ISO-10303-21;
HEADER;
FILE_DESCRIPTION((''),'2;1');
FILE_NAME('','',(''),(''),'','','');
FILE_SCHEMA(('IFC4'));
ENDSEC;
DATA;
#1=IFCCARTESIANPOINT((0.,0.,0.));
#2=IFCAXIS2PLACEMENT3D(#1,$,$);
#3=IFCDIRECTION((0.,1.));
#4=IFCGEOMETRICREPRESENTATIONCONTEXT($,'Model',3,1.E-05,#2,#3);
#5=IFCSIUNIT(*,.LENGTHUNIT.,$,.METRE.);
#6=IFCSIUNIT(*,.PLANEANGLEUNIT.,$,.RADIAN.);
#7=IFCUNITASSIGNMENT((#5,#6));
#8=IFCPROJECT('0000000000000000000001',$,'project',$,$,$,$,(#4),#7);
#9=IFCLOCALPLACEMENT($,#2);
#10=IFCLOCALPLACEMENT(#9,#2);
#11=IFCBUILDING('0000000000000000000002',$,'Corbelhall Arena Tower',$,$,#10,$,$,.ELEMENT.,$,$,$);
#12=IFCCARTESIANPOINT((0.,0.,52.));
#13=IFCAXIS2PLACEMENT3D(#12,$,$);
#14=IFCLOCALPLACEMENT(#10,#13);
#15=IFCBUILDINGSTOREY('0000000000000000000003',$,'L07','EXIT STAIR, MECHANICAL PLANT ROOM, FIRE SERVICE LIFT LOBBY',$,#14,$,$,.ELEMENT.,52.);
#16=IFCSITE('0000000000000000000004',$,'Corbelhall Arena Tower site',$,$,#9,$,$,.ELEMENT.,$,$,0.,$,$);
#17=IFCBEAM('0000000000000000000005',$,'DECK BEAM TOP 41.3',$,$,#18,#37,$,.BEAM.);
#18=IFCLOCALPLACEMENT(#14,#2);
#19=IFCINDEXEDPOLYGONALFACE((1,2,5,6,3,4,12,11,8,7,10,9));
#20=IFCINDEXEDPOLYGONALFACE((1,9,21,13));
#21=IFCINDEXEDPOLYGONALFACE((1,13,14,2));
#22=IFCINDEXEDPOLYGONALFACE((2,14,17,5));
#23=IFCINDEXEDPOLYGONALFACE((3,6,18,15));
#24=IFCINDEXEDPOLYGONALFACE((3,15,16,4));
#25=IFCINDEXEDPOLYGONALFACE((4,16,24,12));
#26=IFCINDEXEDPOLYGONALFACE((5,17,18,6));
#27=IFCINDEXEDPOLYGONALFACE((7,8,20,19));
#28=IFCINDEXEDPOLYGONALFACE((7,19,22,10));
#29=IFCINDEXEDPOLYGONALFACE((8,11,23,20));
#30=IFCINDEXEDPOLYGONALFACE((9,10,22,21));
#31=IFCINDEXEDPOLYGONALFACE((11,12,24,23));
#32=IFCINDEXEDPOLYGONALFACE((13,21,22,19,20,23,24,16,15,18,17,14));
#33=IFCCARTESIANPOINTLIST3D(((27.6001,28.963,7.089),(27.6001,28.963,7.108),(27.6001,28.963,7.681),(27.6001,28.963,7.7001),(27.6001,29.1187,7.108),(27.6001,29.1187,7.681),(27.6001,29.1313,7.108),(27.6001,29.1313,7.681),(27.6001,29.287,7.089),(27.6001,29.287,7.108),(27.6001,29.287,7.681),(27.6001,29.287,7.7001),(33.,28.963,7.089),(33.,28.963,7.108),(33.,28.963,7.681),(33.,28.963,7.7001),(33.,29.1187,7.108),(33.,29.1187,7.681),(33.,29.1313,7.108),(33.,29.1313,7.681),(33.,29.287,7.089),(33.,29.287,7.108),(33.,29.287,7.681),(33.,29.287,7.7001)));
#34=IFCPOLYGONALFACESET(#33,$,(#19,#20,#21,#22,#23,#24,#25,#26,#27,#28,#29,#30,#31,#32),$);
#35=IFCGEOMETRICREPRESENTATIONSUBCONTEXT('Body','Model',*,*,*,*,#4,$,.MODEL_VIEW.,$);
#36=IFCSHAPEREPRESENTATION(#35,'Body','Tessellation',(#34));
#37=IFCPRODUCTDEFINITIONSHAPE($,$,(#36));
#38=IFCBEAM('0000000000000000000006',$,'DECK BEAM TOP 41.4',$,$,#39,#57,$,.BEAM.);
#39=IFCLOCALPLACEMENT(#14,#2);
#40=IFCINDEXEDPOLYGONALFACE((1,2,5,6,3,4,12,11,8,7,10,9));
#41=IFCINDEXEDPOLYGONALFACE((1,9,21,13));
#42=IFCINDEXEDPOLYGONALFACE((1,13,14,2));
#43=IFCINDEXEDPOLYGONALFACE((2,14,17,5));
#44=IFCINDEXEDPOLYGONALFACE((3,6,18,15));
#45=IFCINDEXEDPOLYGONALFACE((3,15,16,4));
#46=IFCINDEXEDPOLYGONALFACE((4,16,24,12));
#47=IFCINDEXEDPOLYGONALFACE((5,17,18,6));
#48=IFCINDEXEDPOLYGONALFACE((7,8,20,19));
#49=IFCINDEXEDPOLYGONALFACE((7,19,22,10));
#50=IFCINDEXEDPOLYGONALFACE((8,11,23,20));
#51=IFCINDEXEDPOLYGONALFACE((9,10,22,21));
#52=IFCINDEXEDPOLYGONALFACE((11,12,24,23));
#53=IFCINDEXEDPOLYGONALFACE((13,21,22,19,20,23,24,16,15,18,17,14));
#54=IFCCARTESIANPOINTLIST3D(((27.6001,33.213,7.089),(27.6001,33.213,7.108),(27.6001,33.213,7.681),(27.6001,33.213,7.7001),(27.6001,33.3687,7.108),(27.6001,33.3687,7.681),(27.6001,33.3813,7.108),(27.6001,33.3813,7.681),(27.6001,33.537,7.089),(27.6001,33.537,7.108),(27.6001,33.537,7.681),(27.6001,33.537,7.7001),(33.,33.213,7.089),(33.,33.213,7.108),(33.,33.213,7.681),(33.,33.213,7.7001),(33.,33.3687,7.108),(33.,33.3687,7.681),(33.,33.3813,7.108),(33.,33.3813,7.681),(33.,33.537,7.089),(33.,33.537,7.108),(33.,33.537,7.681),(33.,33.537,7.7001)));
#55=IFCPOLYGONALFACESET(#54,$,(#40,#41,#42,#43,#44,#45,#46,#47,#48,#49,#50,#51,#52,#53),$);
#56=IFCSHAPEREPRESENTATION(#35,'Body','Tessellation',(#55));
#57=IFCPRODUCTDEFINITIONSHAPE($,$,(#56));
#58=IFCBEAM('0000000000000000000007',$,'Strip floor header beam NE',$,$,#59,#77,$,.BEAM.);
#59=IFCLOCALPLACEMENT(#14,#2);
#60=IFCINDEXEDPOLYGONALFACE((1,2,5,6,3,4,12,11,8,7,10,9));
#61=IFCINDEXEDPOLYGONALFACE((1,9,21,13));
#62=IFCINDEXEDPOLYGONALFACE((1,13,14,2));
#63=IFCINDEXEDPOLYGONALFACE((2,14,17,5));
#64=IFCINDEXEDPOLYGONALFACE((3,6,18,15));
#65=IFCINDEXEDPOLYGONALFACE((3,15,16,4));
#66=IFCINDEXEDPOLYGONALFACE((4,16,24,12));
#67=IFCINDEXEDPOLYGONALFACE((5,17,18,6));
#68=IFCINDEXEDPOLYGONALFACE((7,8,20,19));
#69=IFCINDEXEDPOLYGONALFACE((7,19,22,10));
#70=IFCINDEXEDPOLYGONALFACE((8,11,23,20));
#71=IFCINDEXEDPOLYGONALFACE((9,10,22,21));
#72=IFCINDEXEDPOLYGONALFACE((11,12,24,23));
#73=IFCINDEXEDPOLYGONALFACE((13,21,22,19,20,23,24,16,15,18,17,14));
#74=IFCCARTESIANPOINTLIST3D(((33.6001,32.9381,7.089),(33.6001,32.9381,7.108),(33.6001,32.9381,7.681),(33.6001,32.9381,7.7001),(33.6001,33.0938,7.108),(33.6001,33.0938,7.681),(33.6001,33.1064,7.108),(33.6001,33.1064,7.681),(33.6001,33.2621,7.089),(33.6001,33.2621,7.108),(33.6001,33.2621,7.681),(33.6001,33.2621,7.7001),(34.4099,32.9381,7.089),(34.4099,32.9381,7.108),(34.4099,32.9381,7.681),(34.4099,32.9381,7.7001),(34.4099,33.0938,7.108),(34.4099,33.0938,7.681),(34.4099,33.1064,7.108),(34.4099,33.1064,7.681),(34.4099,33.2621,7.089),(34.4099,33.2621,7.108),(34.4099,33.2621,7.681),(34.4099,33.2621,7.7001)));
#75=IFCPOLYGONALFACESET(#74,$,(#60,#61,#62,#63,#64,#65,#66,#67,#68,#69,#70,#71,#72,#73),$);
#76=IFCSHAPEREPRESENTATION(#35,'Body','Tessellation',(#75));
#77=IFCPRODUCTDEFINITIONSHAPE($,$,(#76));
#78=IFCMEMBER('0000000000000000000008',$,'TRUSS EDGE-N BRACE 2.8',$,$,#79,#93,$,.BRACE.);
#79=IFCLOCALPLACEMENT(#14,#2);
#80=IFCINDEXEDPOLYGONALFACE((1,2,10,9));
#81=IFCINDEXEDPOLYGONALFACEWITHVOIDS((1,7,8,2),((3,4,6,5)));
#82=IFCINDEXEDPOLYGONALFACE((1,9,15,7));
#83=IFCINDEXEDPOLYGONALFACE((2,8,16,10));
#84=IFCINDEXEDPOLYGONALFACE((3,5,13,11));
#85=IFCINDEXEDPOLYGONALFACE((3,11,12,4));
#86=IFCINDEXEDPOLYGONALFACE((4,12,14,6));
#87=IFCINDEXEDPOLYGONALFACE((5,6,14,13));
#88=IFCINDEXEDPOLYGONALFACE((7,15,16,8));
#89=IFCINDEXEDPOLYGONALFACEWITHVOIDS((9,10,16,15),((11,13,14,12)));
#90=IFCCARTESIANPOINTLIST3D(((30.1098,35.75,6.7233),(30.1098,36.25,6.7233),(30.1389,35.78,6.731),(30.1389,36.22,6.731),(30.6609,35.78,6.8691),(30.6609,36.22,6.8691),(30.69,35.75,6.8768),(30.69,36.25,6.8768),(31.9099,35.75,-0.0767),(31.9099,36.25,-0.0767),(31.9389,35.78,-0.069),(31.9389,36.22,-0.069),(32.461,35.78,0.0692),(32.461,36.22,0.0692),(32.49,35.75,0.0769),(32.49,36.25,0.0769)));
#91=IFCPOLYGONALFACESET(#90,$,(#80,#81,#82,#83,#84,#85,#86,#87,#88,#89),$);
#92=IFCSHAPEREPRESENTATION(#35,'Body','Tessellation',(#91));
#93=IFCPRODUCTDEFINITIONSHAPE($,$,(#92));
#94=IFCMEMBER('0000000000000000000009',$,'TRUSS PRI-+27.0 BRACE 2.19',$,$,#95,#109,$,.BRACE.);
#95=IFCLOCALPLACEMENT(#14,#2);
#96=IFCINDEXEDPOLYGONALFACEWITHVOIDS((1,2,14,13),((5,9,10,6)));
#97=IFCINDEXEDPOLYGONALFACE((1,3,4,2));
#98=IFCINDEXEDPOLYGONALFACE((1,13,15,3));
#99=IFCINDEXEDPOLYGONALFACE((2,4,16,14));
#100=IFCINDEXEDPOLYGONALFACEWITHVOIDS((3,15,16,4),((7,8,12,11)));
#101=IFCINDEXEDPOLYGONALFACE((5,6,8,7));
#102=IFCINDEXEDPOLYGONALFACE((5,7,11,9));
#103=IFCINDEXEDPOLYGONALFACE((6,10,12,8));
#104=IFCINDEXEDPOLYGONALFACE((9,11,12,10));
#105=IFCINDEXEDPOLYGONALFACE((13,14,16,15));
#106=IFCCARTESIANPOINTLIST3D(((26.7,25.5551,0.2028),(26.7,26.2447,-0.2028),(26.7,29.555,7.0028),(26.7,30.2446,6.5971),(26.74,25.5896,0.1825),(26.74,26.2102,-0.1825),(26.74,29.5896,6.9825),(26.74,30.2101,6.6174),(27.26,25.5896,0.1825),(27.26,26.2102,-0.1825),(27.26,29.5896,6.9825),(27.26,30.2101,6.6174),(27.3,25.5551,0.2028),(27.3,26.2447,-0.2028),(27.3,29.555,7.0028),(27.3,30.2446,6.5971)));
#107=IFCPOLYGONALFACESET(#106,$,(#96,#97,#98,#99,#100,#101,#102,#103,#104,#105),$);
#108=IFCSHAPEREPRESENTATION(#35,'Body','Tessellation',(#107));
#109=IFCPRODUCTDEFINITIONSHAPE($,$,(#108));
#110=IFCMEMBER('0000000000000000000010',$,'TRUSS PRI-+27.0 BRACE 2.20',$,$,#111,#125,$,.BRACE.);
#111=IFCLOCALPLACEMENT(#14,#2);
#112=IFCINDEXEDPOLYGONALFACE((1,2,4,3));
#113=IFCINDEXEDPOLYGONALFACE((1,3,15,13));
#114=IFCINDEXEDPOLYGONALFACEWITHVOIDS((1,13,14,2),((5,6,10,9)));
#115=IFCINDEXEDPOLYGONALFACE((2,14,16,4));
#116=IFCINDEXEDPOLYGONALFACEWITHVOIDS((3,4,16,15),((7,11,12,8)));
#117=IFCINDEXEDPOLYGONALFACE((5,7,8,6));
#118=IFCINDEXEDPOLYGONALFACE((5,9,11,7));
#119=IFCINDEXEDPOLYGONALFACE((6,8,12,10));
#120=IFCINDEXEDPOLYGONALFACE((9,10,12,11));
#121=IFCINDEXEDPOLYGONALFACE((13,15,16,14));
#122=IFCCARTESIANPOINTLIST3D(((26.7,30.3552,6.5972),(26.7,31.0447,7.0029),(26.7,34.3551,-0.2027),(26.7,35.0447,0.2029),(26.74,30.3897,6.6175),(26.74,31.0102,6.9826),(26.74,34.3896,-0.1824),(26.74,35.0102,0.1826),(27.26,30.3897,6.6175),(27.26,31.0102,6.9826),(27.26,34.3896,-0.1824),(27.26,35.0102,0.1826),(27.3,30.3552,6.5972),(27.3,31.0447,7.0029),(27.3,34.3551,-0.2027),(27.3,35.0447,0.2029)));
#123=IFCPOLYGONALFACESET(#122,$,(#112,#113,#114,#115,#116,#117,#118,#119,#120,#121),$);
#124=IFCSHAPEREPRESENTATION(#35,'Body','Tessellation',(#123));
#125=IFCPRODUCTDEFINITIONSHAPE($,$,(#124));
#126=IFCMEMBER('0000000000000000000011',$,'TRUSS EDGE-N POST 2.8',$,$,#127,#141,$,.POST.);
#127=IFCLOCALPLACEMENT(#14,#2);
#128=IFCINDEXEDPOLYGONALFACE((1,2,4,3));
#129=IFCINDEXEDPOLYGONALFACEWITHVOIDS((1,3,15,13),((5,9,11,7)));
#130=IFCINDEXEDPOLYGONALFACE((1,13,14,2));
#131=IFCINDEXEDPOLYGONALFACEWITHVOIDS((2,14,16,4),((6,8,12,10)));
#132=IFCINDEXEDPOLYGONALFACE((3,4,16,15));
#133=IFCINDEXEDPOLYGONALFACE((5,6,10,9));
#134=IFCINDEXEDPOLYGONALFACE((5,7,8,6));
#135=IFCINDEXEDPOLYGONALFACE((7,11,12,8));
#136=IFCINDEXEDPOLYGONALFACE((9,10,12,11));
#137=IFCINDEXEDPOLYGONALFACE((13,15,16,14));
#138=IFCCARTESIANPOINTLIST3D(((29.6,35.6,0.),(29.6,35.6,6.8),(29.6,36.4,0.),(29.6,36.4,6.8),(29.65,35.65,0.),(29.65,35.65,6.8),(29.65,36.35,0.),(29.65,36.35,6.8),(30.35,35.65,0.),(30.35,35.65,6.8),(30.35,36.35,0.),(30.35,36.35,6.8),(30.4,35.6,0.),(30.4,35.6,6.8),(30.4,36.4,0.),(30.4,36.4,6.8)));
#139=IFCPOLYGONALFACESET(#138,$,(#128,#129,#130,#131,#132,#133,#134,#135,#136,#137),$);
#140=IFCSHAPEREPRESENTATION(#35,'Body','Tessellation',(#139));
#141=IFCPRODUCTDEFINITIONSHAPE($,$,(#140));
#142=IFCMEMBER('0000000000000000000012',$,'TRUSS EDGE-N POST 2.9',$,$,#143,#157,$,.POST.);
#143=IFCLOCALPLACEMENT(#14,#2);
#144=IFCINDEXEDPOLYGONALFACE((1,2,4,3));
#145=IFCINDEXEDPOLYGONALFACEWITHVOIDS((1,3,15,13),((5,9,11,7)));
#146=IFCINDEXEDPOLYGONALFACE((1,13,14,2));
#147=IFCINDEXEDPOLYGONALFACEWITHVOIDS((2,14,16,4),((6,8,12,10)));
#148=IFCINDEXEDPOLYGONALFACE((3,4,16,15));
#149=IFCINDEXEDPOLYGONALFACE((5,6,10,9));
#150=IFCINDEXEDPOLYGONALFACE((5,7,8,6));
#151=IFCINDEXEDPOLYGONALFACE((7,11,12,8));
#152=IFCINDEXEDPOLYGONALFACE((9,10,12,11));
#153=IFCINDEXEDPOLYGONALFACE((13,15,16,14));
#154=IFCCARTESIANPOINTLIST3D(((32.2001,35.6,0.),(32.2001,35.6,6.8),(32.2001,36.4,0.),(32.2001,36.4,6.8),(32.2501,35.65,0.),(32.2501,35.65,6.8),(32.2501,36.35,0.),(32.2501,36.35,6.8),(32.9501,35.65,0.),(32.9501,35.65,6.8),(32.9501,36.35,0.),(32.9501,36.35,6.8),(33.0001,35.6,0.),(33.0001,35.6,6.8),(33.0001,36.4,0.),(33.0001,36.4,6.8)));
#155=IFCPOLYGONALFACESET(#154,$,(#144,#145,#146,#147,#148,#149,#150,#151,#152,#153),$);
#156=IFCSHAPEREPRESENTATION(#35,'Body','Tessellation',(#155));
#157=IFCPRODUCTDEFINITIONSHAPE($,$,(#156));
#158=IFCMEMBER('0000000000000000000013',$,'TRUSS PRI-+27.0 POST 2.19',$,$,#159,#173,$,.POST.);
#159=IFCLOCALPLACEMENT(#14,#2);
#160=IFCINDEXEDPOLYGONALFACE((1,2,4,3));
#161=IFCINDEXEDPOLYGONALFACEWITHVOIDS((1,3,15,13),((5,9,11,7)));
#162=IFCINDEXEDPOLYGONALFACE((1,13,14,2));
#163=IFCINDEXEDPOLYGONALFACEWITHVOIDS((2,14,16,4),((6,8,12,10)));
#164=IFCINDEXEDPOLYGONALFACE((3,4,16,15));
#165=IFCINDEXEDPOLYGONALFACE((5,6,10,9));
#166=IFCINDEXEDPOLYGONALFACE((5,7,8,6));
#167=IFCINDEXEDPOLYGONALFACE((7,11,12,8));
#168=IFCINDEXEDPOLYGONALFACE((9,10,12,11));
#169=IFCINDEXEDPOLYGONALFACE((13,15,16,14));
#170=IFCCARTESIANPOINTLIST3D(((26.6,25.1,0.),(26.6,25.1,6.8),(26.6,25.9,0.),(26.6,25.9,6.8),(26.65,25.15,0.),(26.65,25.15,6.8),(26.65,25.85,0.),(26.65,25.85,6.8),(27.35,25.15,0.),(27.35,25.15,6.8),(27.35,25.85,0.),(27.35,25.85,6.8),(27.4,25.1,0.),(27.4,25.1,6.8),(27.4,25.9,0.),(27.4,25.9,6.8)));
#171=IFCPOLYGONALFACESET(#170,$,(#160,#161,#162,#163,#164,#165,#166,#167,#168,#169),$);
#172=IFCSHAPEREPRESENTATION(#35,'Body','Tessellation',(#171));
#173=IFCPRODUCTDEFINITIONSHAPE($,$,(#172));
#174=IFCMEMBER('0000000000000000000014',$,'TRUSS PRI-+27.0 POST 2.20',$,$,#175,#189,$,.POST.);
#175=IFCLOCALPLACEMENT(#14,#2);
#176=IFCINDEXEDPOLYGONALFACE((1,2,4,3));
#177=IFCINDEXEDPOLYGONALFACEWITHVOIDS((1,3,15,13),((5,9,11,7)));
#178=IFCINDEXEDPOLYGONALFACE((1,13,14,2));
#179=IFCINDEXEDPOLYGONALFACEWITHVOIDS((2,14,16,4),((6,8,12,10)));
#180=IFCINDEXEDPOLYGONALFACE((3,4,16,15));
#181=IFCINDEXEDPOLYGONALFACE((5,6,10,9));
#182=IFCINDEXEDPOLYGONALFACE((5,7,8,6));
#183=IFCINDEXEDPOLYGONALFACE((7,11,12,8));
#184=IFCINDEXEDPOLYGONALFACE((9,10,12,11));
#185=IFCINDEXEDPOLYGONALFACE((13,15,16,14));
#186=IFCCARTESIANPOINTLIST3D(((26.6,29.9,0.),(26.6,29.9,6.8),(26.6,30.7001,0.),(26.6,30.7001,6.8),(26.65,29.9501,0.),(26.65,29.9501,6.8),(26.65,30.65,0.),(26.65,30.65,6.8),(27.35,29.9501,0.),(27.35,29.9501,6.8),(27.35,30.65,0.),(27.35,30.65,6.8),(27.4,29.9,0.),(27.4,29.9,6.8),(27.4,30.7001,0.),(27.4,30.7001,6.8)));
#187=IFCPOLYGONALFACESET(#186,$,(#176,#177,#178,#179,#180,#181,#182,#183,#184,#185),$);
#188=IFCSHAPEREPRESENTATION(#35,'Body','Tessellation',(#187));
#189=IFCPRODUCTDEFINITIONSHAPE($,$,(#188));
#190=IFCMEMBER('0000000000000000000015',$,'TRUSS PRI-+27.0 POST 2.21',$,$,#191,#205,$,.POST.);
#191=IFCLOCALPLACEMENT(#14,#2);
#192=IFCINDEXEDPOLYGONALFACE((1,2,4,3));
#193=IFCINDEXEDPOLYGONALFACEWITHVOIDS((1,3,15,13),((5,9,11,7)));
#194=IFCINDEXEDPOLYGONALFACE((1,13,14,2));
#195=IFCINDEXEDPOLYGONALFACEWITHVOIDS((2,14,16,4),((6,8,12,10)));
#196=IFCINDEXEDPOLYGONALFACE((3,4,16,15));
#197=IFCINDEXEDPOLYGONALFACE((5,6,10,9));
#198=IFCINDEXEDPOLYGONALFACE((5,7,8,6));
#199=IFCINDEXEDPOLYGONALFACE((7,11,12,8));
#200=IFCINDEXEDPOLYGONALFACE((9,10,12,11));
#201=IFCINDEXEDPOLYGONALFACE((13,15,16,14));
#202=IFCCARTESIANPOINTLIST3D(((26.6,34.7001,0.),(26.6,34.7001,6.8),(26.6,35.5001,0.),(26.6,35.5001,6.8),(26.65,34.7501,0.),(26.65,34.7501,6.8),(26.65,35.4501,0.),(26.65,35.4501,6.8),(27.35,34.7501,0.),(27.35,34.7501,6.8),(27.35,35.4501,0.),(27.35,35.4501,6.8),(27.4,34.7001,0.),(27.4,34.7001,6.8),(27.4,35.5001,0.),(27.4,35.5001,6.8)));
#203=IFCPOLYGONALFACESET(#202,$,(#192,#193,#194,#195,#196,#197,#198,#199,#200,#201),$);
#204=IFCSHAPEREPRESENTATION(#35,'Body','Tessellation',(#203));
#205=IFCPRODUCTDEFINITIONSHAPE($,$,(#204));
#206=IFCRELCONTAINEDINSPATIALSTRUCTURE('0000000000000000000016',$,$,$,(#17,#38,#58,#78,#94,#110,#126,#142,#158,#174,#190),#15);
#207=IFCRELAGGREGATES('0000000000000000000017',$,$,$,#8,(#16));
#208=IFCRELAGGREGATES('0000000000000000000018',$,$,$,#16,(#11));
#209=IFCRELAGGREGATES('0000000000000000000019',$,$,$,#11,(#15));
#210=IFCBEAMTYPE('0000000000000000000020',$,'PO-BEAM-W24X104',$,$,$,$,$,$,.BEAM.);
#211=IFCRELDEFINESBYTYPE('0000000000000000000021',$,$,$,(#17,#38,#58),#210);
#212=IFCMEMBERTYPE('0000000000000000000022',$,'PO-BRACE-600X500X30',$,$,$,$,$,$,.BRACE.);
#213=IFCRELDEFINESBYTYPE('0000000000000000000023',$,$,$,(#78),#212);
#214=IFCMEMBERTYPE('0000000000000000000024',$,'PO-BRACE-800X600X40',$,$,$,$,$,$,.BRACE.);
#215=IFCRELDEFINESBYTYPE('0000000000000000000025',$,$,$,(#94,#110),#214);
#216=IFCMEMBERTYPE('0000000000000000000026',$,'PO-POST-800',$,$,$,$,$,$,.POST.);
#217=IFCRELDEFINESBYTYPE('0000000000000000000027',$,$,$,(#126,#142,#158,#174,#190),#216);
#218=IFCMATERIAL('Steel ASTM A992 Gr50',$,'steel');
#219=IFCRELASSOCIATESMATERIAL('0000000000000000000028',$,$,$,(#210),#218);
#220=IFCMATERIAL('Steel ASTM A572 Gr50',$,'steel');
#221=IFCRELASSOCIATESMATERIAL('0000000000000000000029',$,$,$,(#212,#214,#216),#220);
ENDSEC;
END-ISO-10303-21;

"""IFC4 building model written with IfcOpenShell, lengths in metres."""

from ifc_helpers import new_model, si_unit, direction, frame, origin, origin_2d, place, context, subcontext, project, spatial, hollow_rectangle, i_section, extrude, material, material_profile, profile_set, type_object, element, save


model = new_model("IFC4")

# Units and contexts
model_context = context("Model", 3, precision=1e-05, world=origin(), true_north=direction((0.0, 1.0)))
body_context = subcontext(model_context, "Body", "Model", "MODEL_VIEW")
ifc_project = project(units=[si_unit("LENGTHUNIT", "METRE"), si_unit("PLANEANGLEUNIT", "RADIAN")], contexts=[model_context])

# Site, building, storey
site_placement = place(None, origin())
site = spatial("IfcSite", under=ifc_project, at=site_placement, Name="Corbelhall Arena Tower site", CompositionType="ELEMENT", RefElevation=0.0)
building_placement = place(site_placement, origin())
building = spatial("IfcBuilding", under=site, at=building_placement, Name="Corbelhall Arena Tower", CompositionType="ELEMENT")
storey_placement = place(building_placement, frame((0.0, 0.0, 52.0)))
storey = spatial("IfcBuildingStorey", under=building, at=storey_placement, Name="L07", Description="EXIT STAIR, MECHANICAL PLANT ROOM, FIRE SERVICE LIFT LOBBY", CompositionType="ELEMENT", Elevation=52.0)

# Beams
ifc_material_1 = material(Name="Steel ASTM A992 Gr50", Category="steel")
ifc_material_profile_1 = material_profile(ifc_material_1, i_section(OverallWidth=0.324, OverallDepth=0.6111, WebThickness=0.0127, FlangeThickness=0.019, at=origin_2d()))
ifc_profile_set_1 = profile_set([ifc_material_profile_1], Name="Steel ASTM A992 Gr50")
beam_type = type_object("IfcBeamType", Name="PO-BEAM-W24X104", PredefinedType="BEAM", material=ifc_profile_set_1)
for number, where, z_axis, x_axis, name in (
    (1, (27.6001, 29.125, 7.3945), (1.0, 0.0, 0.0), (0.0, 1.0, 0.0), "DECK BEAM TOP 41.3"),
    (2, (27.6001, 33.375, 7.3945), (1.0, 0.0, 0.0), (0.0, 1.0, 0.0), "DECK BEAM TOP 41.4"),
):
    element("IfcBeam", number, at=place(storey_placement, frame(where, z_axis=z_axis, x_axis=x_axis)), inside=storey, type_object=beam_type, Name=name, PredefinedType="BEAM", context=body_context, shape_type="SweptSolid", body=[
        extrude(i_section(OverallWidth=0.324, OverallDepth=0.6111, WebThickness=0.0127, FlangeThickness=0.019, at=origin_2d()), origin(), (0.0, 0.0, 1.0), 5.3999),
    ])
beam_placement = place(storey_placement, frame((33.6001, 33.1001, 7.3945), z_axis=(1.0, 0.0, 0.0), x_axis=(0.0, 1.0, 0.0)))
element("IfcBeam", 3, at=beam_placement, inside=storey, type_object=beam_type, Name="Strip floor header beam NE", PredefinedType="BEAM", context=body_context, shape_type="SweptSolid", body=[
    extrude(i_section(OverallWidth=0.324, OverallDepth=0.6111, WebThickness=0.0127, FlangeThickness=0.019, at=origin_2d()), origin(), (0.0, 0.0, 1.0), 0.8098),
])

# Members
ifc_material_2 = material(Name="Steel ASTM A572 Gr50", Category="steel")
ifc_material_profile_2 = material_profile(ifc_material_2, hollow_rectangle(XDim=0.5, YDim=0.6001, WallThickness=0.03, at=origin_2d()))
ifc_profile_set_2 = profile_set([ifc_material_profile_2], Name="Steel ASTM A572 Gr50")
member_type_1 = type_object("IfcMemberType", Name="PO-BRACE-600X500X30", PredefinedType="BRACE", material=ifc_profile_set_2)
member_placement = place(storey_placement, frame((30.3999, 36.0, 6.8), z_axis=(0.255897, 0.0, -0.966704), x_axis=(0.0, 1.0, 0.0)))
element("IfcMember", 4, at=member_placement, inside=storey, type_object=member_type_1, Name="TRUSS EDGE-N BRACE 2.8", PredefinedType="BRACE", context=body_context, shape_type="SweptSolid", body=[
    extrude(hollow_rectangle(XDim=0.5, YDim=0.6001, WallThickness=0.03, at=origin_2d()), origin(), (0.0, 0.0, 1.0), 7.0342),
])
ifc_material_profile_3 = material_profile(ifc_material_2, hollow_rectangle(XDim=0.6001, YDim=0.8, WallThickness=0.04, at=origin_2d()))
ifc_profile_set_3 = profile_set([ifc_material_profile_3], Name="Steel ASTM A572 Gr50")
member_type_2 = type_object("IfcMemberType", Name="PO-BRACE-800X600X40", PredefinedType="BRACE", material=ifc_profile_set_3)
for number, where, z_axis, x_axis, name in (
    (5, (27.0, 25.8999, 0.0), (0.0, 0.507017, 0.861936), (-1.0, 0.0, 0.0), "TRUSS PRI-+27.0 BRACE 2.19"),
    (6, (27.0, 30.7, 6.8), (0.0, 0.507017, -0.861936), (-1.0, 0.0, 0.0), "TRUSS PRI-+27.0 BRACE 2.20"),
):
    element("IfcMember", number, at=place(storey_placement, frame(where, z_axis=z_axis, x_axis=x_axis)), inside=storey, type_object=member_type_2, Name=name, PredefinedType="BRACE", context=body_context, shape_type="SweptSolid", body=[
        extrude(hollow_rectangle(XDim=0.6001, YDim=0.8, WallThickness=0.04, at=origin_2d()), origin(), (0.0, 0.0, 1.0), 7.8892),
    ])
ifc_material_profile_4 = material_profile(ifc_material_2, hollow_rectangle(XDim=0.8, YDim=0.8, WallThickness=0.05, at=origin_2d()))
ifc_profile_set_4 = profile_set([ifc_material_profile_4], Name="Steel ASTM A572 Gr50")
member_type_3 = type_object("IfcMemberType", Name="PO-POST-800", PredefinedType="POST", material=ifc_profile_set_4)
for number, where, z_axis, x_axis, name in (
    (7, (30.0, 36.0, 0.0), (0.0, 0.0, 1.0), (1.0, 0.0, 0.0), "TRUSS EDGE-N POST 2.8"),
    (8, (32.6001, 36.0, 0.0), (0.0, 0.0, 1.0), (1.0, 0.0, 0.0), "TRUSS EDGE-N POST 2.9"),
    (9, (27.0, 25.5, 0.0), (0.0, 0.0, 1.0), (1.0, 0.0, 0.0), "TRUSS PRI-+27.0 POST 2.19"),
    (10, (27.0, 30.3, 0.0), (0.0, 0.0, 1.0), (1.0, 0.0, 0.0), "TRUSS PRI-+27.0 POST 2.20"),
    (11, (27.0, 35.1001, 0.0), (0.0, 0.0, 1.0), (1.0, 0.0, 0.0), "TRUSS PRI-+27.0 POST 2.21"),
):
    element("IfcMember", number, at=place(storey_placement, frame(where, z_axis=z_axis, x_axis=x_axis)), inside=storey, type_object=member_type_3, Name=name, PredefinedType="POST", context=body_context, shape_type="SweptSolid", body=[
        extrude(hollow_rectangle(XDim=0.8, YDim=0.8, WallThickness=0.05, at=origin_2d()), origin(), (0.0, 0.0, 1.0), 6.8),
    ])

save(model, "model.ifc")
